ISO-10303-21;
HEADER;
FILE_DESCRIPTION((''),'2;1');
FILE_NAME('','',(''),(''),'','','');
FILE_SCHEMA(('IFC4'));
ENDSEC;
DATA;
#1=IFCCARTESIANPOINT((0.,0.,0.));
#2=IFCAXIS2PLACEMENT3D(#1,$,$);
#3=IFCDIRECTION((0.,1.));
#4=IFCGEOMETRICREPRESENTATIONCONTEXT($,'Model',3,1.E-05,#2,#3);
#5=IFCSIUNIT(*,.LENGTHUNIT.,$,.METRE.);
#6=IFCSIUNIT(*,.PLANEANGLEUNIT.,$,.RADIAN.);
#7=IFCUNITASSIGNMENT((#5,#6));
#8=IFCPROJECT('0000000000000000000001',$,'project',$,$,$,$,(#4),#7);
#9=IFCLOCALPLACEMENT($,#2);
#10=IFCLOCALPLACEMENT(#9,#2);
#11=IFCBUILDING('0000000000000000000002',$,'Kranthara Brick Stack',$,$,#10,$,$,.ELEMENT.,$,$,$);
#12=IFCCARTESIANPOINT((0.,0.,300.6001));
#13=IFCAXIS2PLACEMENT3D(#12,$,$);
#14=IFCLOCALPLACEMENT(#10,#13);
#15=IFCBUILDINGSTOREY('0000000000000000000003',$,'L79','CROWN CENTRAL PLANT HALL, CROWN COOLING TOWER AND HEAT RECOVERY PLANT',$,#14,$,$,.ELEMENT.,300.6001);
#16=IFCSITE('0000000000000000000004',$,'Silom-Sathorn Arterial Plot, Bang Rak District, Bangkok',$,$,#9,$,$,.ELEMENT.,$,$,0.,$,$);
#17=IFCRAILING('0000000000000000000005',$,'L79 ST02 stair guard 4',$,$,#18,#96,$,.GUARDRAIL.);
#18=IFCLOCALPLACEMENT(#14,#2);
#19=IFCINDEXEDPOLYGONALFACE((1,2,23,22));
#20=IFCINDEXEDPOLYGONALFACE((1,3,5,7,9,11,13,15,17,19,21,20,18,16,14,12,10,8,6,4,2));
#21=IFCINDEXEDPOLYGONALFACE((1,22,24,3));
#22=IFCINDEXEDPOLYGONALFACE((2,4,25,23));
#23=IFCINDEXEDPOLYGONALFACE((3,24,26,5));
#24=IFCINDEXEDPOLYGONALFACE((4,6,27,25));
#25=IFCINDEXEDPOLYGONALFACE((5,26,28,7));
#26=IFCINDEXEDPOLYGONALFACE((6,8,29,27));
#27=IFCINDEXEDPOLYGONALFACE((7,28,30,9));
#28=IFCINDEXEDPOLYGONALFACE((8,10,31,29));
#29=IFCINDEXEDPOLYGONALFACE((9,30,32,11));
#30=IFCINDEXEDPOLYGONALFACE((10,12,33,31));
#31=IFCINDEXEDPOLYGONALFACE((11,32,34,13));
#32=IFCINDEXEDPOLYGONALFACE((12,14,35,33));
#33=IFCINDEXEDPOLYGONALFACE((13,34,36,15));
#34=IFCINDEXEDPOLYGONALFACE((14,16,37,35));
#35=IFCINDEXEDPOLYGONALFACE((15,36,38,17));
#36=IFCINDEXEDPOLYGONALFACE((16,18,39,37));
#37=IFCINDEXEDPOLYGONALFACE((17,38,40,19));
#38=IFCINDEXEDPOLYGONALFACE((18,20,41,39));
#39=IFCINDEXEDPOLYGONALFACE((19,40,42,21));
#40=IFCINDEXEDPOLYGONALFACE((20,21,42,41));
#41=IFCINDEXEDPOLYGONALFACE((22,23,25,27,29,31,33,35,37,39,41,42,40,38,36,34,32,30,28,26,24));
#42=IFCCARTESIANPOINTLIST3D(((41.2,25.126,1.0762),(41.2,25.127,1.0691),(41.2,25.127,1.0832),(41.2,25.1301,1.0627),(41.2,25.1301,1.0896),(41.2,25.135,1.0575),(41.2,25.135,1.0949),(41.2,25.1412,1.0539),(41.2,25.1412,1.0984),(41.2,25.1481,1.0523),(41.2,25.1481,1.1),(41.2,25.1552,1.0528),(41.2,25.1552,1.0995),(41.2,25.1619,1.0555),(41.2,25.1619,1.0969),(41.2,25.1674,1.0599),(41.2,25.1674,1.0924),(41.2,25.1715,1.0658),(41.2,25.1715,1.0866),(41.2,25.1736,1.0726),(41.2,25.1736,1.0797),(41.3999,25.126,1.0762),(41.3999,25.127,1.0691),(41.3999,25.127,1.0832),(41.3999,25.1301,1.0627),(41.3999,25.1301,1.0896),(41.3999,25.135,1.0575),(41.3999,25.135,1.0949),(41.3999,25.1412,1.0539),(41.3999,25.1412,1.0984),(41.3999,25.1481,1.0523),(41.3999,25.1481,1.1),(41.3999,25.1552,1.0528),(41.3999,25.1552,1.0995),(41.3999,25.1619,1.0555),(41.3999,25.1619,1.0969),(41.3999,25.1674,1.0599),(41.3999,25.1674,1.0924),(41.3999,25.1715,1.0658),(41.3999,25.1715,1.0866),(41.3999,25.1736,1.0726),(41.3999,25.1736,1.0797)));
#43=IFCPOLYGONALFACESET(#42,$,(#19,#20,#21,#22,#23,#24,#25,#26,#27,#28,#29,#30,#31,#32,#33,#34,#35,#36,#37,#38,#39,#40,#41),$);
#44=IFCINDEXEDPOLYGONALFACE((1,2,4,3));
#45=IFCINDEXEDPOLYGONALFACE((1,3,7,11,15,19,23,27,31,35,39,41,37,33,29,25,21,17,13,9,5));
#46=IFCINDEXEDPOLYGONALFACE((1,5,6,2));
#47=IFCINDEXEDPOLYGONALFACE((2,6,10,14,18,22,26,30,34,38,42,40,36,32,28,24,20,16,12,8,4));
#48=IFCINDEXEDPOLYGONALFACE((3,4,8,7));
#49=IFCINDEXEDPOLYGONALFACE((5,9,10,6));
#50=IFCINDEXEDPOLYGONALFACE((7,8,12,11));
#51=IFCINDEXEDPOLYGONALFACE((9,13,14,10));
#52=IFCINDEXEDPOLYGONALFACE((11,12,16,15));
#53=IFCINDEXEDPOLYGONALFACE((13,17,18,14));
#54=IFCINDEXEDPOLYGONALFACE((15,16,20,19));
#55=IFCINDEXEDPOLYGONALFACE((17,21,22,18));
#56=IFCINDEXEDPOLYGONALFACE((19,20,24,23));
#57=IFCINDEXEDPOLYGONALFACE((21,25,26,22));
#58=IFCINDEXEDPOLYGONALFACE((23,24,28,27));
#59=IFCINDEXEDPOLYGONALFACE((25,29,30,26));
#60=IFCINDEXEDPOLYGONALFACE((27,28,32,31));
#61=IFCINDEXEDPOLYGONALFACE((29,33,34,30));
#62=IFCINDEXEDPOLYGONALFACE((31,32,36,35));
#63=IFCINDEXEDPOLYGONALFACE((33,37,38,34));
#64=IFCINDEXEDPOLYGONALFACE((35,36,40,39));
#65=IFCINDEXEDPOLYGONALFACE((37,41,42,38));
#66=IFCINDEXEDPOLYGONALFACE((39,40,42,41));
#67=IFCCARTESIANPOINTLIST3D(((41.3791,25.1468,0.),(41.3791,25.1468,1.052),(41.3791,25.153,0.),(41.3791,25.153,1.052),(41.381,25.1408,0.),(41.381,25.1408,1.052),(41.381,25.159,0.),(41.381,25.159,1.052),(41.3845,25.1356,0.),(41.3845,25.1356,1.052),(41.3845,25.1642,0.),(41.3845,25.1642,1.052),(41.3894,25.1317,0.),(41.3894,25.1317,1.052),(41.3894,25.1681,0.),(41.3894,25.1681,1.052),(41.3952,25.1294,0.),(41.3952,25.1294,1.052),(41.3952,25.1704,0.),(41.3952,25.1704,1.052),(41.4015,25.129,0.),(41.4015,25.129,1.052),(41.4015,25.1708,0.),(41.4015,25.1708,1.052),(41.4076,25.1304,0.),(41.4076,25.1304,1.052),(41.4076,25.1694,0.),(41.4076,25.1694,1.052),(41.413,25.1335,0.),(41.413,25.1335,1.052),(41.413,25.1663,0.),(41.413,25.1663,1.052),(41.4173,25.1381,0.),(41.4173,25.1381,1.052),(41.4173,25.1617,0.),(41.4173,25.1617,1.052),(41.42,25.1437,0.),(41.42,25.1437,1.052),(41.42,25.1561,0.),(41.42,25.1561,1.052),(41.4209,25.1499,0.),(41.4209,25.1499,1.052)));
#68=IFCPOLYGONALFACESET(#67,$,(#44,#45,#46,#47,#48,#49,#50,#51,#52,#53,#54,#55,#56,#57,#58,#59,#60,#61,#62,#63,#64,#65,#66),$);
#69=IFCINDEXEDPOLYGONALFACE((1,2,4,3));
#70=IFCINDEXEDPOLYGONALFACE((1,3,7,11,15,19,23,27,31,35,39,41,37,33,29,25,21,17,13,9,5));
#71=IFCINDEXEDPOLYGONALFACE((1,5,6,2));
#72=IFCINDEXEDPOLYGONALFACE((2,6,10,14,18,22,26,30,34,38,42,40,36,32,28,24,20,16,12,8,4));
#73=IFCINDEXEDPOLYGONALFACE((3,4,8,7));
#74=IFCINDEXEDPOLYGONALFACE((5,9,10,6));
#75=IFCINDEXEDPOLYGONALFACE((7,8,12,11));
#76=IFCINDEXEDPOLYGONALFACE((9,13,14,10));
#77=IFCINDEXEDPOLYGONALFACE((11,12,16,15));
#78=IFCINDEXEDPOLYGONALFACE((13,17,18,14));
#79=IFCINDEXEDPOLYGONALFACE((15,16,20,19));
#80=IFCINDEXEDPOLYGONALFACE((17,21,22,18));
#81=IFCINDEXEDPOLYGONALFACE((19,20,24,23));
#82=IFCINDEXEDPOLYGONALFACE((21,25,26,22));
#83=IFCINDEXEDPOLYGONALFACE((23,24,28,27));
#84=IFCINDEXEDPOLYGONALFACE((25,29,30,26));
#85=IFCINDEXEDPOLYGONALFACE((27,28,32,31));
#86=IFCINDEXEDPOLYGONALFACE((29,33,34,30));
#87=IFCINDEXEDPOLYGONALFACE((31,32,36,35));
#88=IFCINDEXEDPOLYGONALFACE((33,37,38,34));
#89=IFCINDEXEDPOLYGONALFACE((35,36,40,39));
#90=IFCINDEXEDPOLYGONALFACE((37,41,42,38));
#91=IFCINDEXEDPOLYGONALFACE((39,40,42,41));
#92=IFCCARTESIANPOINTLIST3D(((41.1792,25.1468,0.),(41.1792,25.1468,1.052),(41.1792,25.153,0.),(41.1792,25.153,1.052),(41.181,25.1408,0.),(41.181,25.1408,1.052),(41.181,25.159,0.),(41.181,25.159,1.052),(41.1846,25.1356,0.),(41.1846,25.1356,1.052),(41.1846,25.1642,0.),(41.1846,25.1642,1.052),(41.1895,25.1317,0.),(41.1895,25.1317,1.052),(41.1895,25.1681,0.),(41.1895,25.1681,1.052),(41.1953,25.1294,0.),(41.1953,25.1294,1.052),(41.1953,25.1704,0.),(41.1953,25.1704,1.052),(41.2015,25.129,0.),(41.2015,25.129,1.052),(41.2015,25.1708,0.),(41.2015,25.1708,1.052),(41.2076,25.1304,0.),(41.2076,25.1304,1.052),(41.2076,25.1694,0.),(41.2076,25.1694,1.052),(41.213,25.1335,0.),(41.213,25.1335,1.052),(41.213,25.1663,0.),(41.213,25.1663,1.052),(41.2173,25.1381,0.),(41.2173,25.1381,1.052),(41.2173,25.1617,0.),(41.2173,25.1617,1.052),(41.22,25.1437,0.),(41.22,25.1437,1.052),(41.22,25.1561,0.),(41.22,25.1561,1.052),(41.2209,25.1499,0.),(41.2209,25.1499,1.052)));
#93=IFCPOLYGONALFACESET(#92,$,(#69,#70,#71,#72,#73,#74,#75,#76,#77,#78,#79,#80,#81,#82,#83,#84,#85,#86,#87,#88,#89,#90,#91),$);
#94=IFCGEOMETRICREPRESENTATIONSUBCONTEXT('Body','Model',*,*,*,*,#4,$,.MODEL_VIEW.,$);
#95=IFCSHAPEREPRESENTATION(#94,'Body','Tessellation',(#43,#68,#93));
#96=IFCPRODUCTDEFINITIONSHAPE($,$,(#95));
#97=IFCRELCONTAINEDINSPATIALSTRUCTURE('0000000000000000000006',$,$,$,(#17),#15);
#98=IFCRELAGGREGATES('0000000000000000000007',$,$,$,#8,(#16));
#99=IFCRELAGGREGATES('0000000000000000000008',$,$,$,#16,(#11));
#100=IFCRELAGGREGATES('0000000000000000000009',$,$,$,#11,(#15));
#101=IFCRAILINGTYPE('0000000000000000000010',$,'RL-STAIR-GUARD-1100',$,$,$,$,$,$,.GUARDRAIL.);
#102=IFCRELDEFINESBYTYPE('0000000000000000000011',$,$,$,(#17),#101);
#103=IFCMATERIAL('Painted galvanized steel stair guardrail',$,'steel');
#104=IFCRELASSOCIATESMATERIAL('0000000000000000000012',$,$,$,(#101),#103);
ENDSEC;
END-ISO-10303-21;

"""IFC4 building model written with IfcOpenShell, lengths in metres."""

from ifc_helpers import new_model, si_unit, direction, frame, origin, origin_2d, place, context, subcontext, project, spatial, circle, extrude, material, type_object, element, save


model = new_model("IFC4")

# Units and contexts
model_context = context("Model", 3, precision=1e-05, world=origin(), true_north=direction((0.0, 1.0)))
body_context = subcontext(model_context, "Body", "Model", "MODEL_VIEW")
ifc_project = project(units=[si_unit("LENGTHUNIT", "METRE"), si_unit("PLANEANGLEUNIT", "RADIAN")], contexts=[model_context])

# Site, building, storey
site_placement = place(None, origin())
site = spatial("IfcSite", under=ifc_project, at=site_placement, Name="Silom-Sathorn Arterial Plot, Bang Rak District, Bangkok", CompositionType="ELEMENT", RefElevation=0.0)
building_placement = place(site_placement, origin())
building = spatial("IfcBuilding", under=site, at=building_placement, Name="Kranthara Brick Stack", CompositionType="ELEMENT")
storey_placement = place(building_placement, frame((0.0, 0.0, 300.6001)))
storey = spatial("IfcBuildingStorey", under=building, at=storey_placement, Name="L79", Description="CROWN CENTRAL PLANT HALL, CROWN COOLING TOWER AND HEAT RECOVERY PLANT", CompositionType="ELEMENT", Elevation=300.6001)

# Railing
ifc_material_1 = material(Name="Painted galvanized steel stair guardrail", Category="steel")
railing_type_1 = type_object("IfcRailingType", Name="RL-STAIR-GUARD-1100", PredefinedType="GUARDRAIL", material=ifc_material_1)
railing_1_placement = place(storey_placement, frame((41.3999, 25.1499, 0.0)))
element("IfcRailing", 1, at=railing_1_placement, inside=storey, type_object=railing_type_1, Name="L79 ST02 stair guard 4", PredefinedType="GUARDRAIL", context=body_context, shape_type="SweptSolid", body=[
    extrude(circle(Radius=0.0239, at=origin_2d()), frame((0.0, 0.0, 1.0762), z_axis=(-1.0, 0.0, 0.0), x_axis=(0.0, -1.0, 0.0)), (0.0, 0.0, 1.0), 0.2),
    extrude(circle(Radius=0.021, at=origin_2d()), origin(), (0.0, 0.0, 1.0), 1.052),
    extrude(circle(Radius=0.021, at=origin_2d()), frame((-0.2, 0.0, 0.0)), (0.0, 0.0, 1.0), 1.052),
])

save(model, "model.ifc")
